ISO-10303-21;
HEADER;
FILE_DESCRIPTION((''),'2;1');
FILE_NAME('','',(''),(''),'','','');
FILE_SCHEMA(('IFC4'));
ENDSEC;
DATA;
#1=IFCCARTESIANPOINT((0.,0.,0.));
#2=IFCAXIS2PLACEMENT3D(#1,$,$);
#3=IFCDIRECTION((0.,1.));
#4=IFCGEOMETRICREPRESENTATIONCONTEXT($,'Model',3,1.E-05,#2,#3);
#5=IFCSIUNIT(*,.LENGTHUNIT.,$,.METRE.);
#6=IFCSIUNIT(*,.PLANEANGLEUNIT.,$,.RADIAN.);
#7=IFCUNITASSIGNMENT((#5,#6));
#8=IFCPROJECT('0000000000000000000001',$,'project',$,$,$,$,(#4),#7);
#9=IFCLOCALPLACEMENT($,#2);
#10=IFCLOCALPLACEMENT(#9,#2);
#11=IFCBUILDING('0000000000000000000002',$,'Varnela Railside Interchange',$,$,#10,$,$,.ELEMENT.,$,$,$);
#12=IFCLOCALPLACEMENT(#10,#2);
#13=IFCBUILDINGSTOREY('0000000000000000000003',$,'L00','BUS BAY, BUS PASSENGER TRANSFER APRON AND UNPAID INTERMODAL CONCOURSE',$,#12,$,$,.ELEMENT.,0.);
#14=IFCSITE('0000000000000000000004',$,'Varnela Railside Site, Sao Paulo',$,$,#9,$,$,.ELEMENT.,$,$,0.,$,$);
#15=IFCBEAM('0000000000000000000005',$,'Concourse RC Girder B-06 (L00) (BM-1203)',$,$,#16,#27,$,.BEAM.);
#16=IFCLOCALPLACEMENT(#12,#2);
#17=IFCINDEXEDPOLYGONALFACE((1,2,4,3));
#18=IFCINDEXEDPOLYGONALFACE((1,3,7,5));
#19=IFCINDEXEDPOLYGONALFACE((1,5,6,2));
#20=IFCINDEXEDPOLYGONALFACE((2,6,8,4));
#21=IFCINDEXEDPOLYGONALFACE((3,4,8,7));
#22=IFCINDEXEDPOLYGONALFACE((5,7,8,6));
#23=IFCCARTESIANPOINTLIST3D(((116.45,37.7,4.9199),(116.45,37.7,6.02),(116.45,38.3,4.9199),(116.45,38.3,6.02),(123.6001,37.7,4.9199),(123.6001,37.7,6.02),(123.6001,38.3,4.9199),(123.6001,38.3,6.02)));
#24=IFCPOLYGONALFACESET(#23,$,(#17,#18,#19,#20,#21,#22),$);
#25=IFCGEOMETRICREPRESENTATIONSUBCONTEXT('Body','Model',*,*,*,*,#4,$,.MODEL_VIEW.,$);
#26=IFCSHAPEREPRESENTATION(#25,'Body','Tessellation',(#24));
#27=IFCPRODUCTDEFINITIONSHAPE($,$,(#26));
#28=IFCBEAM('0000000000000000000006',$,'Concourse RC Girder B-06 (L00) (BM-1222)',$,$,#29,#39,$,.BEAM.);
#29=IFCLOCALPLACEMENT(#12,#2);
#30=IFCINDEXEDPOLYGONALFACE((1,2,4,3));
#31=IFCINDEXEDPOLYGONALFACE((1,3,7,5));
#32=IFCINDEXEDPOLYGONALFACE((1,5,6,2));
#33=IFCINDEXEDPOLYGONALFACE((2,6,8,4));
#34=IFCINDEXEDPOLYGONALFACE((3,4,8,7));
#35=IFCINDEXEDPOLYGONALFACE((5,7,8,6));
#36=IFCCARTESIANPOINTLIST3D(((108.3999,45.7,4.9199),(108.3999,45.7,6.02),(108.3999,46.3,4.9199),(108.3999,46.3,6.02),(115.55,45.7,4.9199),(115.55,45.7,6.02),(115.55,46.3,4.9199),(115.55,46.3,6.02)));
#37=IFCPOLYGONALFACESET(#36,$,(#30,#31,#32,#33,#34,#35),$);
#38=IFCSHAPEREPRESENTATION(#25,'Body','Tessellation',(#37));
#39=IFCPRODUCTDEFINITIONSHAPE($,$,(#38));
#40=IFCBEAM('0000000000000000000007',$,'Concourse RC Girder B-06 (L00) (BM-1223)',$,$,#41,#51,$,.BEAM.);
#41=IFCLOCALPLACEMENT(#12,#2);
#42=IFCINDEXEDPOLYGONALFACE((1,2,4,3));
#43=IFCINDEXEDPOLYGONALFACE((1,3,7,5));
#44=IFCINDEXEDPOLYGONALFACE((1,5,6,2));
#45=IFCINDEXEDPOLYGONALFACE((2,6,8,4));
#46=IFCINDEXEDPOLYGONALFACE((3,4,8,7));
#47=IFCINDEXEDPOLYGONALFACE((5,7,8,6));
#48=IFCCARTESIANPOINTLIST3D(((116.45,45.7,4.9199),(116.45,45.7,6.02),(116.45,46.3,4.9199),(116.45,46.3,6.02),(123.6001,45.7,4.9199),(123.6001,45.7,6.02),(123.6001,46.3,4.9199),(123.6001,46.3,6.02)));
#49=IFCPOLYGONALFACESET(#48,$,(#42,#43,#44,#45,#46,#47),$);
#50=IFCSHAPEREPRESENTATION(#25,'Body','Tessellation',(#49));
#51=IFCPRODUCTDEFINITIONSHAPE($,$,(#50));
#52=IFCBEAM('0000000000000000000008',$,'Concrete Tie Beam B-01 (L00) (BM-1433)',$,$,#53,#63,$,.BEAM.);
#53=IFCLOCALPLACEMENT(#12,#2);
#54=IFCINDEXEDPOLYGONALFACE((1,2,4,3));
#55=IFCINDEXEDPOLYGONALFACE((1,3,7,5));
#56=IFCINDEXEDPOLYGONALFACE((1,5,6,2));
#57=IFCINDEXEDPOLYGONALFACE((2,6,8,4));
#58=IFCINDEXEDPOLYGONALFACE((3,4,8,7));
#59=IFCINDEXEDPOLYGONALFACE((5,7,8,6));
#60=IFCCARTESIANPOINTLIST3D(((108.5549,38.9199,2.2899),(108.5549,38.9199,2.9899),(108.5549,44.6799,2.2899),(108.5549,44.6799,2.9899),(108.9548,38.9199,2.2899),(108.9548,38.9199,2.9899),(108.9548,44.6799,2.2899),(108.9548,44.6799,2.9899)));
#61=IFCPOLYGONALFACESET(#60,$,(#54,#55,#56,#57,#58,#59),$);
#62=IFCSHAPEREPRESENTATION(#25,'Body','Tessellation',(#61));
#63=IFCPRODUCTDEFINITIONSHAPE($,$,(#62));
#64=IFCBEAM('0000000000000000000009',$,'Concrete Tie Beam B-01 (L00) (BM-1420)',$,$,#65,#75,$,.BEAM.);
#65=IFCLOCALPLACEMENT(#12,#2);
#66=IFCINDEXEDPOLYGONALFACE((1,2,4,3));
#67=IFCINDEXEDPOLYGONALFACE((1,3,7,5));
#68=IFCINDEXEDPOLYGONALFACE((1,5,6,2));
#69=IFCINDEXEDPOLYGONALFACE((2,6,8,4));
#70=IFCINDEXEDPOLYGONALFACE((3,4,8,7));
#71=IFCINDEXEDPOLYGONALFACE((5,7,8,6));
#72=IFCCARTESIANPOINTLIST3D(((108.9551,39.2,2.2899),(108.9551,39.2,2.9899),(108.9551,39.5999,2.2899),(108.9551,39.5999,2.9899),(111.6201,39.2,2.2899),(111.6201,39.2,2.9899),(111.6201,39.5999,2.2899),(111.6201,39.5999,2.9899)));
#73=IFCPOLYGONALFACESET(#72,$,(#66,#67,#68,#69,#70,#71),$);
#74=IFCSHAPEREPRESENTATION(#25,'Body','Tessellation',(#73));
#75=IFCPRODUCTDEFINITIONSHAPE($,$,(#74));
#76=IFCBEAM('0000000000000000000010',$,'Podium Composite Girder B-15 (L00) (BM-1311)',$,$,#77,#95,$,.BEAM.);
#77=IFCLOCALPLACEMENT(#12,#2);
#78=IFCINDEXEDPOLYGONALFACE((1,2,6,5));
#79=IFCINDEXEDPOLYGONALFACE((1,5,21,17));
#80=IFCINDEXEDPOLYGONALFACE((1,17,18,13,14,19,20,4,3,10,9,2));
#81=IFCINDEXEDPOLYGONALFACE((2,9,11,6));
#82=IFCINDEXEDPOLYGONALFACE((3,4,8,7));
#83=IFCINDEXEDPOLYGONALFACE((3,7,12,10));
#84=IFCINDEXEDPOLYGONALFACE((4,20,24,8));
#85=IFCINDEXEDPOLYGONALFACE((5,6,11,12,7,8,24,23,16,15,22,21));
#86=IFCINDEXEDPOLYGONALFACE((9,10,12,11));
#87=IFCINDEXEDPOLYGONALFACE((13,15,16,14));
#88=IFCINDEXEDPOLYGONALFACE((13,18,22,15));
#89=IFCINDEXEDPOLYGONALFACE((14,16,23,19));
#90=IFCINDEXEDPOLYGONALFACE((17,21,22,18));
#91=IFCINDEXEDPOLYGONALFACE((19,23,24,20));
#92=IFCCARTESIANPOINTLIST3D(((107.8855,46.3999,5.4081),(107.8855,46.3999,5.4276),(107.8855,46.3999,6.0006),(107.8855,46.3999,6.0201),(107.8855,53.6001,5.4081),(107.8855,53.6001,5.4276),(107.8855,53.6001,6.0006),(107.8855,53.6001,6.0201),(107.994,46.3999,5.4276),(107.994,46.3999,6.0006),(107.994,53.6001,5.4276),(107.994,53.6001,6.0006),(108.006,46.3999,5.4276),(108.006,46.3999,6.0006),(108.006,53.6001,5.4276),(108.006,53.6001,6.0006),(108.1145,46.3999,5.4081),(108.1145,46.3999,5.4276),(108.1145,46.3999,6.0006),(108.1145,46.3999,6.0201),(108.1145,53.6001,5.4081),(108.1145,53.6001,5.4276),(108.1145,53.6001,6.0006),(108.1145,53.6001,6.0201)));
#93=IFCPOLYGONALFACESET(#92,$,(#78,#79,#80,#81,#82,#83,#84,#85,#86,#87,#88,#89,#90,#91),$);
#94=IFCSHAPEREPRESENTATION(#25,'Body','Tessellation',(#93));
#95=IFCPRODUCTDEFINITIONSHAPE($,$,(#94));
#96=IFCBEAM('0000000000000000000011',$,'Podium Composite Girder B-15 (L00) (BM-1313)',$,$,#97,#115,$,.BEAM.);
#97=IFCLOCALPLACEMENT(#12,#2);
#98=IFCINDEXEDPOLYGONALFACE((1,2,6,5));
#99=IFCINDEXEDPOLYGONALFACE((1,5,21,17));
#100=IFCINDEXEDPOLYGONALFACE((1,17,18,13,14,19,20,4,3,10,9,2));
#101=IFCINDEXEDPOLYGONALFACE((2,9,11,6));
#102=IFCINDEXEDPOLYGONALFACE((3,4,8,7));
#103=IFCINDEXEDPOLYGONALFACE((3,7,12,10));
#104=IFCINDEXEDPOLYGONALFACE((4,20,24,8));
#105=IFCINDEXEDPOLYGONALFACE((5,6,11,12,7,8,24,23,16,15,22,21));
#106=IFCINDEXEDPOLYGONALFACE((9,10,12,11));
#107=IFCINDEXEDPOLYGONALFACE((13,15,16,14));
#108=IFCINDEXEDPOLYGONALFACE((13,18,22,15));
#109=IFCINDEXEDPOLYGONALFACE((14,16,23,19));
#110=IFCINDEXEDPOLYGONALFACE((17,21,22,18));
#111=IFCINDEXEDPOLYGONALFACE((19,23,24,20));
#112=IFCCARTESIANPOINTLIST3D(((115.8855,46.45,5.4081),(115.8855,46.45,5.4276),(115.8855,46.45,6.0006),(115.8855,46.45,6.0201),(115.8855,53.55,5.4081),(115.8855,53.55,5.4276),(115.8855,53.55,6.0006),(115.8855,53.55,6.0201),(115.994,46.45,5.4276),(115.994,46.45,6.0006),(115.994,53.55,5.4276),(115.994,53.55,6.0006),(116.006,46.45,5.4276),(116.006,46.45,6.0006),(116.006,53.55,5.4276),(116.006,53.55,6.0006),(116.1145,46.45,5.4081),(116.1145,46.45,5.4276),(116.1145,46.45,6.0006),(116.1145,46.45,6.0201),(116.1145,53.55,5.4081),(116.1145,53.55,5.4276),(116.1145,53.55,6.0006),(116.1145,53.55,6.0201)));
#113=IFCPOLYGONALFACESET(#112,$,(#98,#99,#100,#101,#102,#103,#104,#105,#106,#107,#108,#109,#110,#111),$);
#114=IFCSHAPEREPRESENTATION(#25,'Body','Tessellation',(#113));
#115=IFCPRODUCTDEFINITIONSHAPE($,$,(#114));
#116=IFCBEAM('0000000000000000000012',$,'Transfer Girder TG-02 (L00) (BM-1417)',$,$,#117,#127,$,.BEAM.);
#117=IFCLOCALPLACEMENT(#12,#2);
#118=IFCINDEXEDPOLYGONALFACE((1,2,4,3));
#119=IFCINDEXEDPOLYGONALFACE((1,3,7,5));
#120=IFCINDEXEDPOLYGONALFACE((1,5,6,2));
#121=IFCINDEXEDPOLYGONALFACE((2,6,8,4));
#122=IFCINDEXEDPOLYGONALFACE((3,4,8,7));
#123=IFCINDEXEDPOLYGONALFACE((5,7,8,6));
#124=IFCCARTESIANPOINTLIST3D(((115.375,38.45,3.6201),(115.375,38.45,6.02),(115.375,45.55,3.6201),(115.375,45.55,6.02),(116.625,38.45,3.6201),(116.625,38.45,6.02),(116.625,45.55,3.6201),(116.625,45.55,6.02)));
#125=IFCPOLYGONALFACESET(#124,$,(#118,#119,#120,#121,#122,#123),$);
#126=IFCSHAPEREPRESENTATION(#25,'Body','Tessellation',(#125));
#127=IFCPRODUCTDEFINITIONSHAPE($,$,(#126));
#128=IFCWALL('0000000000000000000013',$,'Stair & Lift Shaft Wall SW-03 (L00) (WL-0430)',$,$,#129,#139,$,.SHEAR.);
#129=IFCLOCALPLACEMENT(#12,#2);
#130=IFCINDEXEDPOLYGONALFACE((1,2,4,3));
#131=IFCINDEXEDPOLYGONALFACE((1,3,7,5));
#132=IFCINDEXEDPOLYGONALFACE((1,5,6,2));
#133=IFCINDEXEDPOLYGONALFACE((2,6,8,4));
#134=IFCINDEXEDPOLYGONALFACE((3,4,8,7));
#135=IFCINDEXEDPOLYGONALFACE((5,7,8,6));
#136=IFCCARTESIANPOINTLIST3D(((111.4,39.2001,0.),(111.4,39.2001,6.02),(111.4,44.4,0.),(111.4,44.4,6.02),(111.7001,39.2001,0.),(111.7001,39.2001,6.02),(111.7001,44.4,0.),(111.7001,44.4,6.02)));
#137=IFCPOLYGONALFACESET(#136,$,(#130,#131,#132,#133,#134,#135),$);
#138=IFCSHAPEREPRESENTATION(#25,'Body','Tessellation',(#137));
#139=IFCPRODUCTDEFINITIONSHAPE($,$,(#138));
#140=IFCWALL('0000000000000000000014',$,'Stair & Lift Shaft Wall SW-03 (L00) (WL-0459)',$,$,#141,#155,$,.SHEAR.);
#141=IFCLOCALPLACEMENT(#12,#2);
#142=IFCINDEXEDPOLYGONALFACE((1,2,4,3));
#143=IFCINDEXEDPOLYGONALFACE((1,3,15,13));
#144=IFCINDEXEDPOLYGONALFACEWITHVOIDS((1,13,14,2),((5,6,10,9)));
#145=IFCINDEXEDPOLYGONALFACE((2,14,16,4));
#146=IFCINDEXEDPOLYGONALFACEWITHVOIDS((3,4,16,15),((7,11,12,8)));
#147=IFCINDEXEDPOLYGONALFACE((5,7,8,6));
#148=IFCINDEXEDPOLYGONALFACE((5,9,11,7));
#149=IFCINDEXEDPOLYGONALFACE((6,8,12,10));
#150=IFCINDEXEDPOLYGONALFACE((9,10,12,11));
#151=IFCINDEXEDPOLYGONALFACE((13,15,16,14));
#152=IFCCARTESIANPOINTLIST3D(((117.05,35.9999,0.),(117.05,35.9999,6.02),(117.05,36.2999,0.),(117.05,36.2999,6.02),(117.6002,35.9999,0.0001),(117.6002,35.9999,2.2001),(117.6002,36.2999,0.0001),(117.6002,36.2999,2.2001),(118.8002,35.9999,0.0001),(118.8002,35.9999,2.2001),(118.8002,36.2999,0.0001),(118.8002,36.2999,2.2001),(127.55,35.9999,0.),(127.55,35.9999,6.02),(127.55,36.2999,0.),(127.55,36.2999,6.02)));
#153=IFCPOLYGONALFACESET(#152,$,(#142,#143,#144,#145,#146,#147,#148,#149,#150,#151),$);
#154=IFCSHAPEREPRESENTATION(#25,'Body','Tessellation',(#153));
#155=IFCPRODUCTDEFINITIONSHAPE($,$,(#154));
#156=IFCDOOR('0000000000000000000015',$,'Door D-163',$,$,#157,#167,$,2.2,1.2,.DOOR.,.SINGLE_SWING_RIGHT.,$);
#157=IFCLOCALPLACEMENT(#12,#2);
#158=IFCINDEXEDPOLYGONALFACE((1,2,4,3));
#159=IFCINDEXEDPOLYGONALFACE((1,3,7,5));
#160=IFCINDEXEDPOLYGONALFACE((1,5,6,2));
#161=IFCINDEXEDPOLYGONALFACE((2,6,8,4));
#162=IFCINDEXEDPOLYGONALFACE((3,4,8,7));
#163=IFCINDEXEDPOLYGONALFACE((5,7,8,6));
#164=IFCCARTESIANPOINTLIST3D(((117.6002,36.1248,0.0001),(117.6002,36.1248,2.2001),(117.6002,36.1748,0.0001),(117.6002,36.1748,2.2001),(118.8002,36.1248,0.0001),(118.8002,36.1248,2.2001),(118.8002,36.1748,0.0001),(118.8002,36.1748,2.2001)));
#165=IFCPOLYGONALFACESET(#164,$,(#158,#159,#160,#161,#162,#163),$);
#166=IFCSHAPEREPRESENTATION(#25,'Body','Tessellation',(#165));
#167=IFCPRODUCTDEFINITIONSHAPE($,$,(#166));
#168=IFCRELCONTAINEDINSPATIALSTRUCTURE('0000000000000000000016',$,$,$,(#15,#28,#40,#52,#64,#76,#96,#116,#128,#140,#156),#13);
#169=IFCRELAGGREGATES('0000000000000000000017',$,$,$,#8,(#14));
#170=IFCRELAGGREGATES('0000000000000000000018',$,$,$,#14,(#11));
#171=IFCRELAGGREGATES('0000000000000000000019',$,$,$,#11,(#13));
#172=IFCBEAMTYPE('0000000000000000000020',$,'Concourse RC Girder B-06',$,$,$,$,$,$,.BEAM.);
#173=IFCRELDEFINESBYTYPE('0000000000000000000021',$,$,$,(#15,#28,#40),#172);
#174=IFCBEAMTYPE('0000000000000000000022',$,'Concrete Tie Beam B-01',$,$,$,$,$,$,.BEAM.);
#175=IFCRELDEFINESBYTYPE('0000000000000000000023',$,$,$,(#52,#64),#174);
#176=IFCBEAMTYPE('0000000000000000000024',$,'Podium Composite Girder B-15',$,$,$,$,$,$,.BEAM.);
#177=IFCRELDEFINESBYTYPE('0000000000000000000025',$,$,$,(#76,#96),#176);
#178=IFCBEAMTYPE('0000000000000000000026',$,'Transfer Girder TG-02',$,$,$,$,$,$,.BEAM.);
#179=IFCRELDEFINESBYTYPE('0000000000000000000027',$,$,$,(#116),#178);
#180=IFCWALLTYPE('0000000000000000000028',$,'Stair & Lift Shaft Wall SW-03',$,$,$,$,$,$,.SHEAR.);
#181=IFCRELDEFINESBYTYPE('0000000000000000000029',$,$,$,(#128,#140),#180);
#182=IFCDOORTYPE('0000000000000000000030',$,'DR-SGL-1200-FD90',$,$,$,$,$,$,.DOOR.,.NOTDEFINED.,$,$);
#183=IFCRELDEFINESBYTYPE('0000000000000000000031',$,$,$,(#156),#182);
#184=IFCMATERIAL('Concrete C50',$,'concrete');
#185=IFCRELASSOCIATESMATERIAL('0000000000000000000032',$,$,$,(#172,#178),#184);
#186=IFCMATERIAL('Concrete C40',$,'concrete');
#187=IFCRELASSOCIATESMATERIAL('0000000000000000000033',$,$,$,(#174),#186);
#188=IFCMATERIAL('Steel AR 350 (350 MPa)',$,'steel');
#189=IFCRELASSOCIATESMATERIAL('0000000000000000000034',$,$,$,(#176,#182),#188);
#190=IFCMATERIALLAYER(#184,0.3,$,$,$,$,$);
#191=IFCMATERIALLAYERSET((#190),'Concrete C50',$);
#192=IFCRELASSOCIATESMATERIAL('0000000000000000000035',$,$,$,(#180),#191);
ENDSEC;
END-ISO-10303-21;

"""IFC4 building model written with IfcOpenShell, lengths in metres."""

from ifc_helpers import new_model, si_unit, direction, frame, frame_2d, origin, origin_2d, place, context, subcontext, project, spatial, rectangle, i_section, extrude, material, layer, layer_set, material_profile, profile_set, type_object, element, fill, save


model = new_model("IFC4")

# Units and contexts
model_context = context("Model", 3, precision=1e-05, world=origin(), true_north=direction((0.0, 1.0)))
body_context = subcontext(model_context, "Body", "Model", "MODEL_VIEW")
ifc_project = project(units=[si_unit("LENGTHUNIT", "METRE"), si_unit("PLANEANGLEUNIT", "RADIAN")], contexts=[model_context])

# Site, building, storey
site_placement = place(None, origin())
site = spatial("IfcSite", under=ifc_project, at=site_placement, Name="Varnela Railside Site, Sao Paulo", CompositionType="ELEMENT", RefElevation=0.0)
building_placement = place(site_placement, origin())
building = spatial("IfcBuilding", under=site, at=building_placement, Name="Varnela Railside Interchange", CompositionType="ELEMENT")
storey_placement = place(building_placement, origin())
storey = spatial("IfcBuildingStorey", under=building, at=storey_placement, Name="L00", Description="BUS BAY, BUS PASSENGER TRANSFER APRON AND UNPAID INTERMODAL CONCOURSE", CompositionType="ELEMENT", Elevation=0.0)

# Shared definitions
ifc_material_1 = material(Name="Concrete C50", Category="concrete")

# Beams
ifc_material_2 = material(Name="Steel AR 350 (350 MPa)", Category="steel")
ifc_material_profile_1 = material_profile(ifc_material_1, rectangle(XDim=0.6001, YDim=1.1001, at=origin_2d()), Name="RC 600x1100")
ifc_profile_set_1 = profile_set([ifc_material_profile_1], Name="Concrete C50")
beam_type_1 = type_object("IfcBeamType", Name="Concourse RC Girder B-06", PredefinedType="BEAM", material=ifc_profile_set_1)
for number, where, z_axis, x_axis, name in (
    (1, (116.45, 38.0, 5.47), (1.0, 0.0, 0.0), (0.0, 1.0, 0.0), "Concourse RC Girder B-06 (L00) (BM-1203)"),
    (2, (108.3999, 46.0, 5.47), (1.0, 0.0, 0.0), (0.0, 1.0, 0.0), "Concourse RC Girder B-06 (L00) (BM-1222)"),
    (3, (116.45, 46.0, 5.47), (1.0, 0.0, 0.0), (0.0, 1.0, 0.0), "Concourse RC Girder B-06 (L00) (BM-1223)"),
):
    element("IfcBeam", number, at=place(storey_placement, frame(where, z_axis=z_axis, x_axis=x_axis)), inside=storey, type_object=beam_type_1, Name=name, PredefinedType="BEAM", context=body_context, shape_type="SweptSolid", body=[
        extrude(rectangle(XDim=0.6001, YDim=1.1001, at=origin_2d()), origin(), (0.0, 0.0, 1.0), 7.1501),
    ])
ifc_material_3 = material(Name="Concrete C40", Category="concrete")
ifc_material_profile_2 = material_profile(ifc_material_3, rectangle(XDim=0.3999, YDim=0.7, at=origin_2d()), Name="RC 400x700")
ifc_profile_set_2 = profile_set([ifc_material_profile_2], Name="Concrete C40")
beam_type_2 = type_object("IfcBeamType", Name="Concrete Tie Beam B-01", PredefinedType="BEAM", material=ifc_profile_set_2)
beam_1_placement = place(storey_placement, frame((108.7549, 38.9199, 2.6399), z_axis=(0.0, 1.0, 0.0), x_axis=(-1.0, 0.0, 0.0)))
element("IfcBeam", 4, at=beam_1_placement, inside=storey, type_object=beam_type_2, Name="Concrete Tie Beam B-01 (L00) (BM-1433)", PredefinedType="BEAM", context=body_context, shape_type="SweptSolid", body=[
    extrude(rectangle(XDim=0.3999, YDim=0.7, at=origin_2d()), origin(), (0.0, 0.0, 1.0), 5.76),
])
beam_2_placement = place(storey_placement, frame((108.9551, 39.3999, 2.6399), z_axis=(1.0, 0.0, 0.0), x_axis=(0.0, 1.0, 0.0)))
element("IfcBeam", 5, at=beam_2_placement, inside=storey, type_object=beam_type_2, Name="Concrete Tie Beam B-01 (L00) (BM-1420)", PredefinedType="BEAM", context=body_context, shape_type="SweptSolid", body=[
    extrude(rectangle(XDim=0.3999, YDim=0.7, at=origin_2d()), origin(), (0.0, 0.0, 1.0), 2.665),
])
ifc_material_profile_3 = material_profile(ifc_material_2, i_section(OverallWidth=0.229, OverallDepth=0.6121, WebThickness=0.012, FlangeThickness=0.0195, at=origin_2d()), Name="W610x125")
ifc_profile_set_3 = profile_set([ifc_material_profile_3], Name="Steel AR 350 (350 MPa)")
beam_type_3 = type_object("IfcBeamType", Name="Podium Composite Girder B-15", PredefinedType="BEAM", material=ifc_profile_set_3)
beam_3_placement = place(storey_placement, frame((108.0, 46.3999, 5.7141), z_axis=(0.0, 1.0, 0.0), x_axis=(-1.0, 0.0, 0.0)))
element("IfcBeam", 6, at=beam_3_placement, inside=storey, type_object=beam_type_3, Name="Podium Composite Girder B-15 (L00) (BM-1311)", PredefinedType="BEAM", context=body_context, shape_type="SweptSolid", body=[
    extrude(i_section(OverallWidth=0.229, OverallDepth=0.6121, WebThickness=0.012, FlangeThickness=0.0195, at=origin_2d()), origin(), (0.0, 0.0, 1.0), 7.2002),
])
beam_4_placement = place(storey_placement, frame((116.0, 46.45, 5.7141), z_axis=(0.0, 1.0, 0.0), x_axis=(-1.0, 0.0, 0.0)))
element("IfcBeam", 7, at=beam_4_placement, inside=storey, type_object=beam_type_3, Name="Podium Composite Girder B-15 (L00) (BM-1313)", PredefinedType="BEAM", context=body_context, shape_type="SweptSolid", body=[
    extrude(i_section(OverallWidth=0.229, OverallDepth=0.6121, WebThickness=0.012, FlangeThickness=0.0195, at=origin_2d()), origin(), (0.0, 0.0, 1.0), 7.1001),
])
ifc_material_profile_4 = material_profile(ifc_material_1, rectangle(XDim=1.25, YDim=2.3999, at=origin_2d()), Name="RC 1250x2400")
ifc_profile_set_4 = profile_set([ifc_material_profile_4], Name="Concrete C50")
beam_type_4 = type_object("IfcBeamType", Name="Transfer Girder TG-02", PredefinedType="BEAM", material=ifc_profile_set_4)
beam_5_placement = place(storey_placement, frame((116.0, 38.45, 4.8201), z_axis=(0.0, 1.0, 0.0), x_axis=(-1.0, 0.0, 0.0)))
element("IfcBeam", 8, at=beam_5_placement, inside=storey, type_object=beam_type_4, Name="Transfer Girder TG-02 (L00) (BM-1417)", PredefinedType="BEAM", context=body_context, shape_type="SweptSolid", body=[
    extrude(rectangle(XDim=1.25, YDim=2.3999, at=origin_2d()), origin(), (0.0, 0.0, 1.0), 7.1001),
])

# Wall
ifc_layer = layer(ifc_material_1, 0.3)
ifc_layer_set = layer_set([ifc_layer], Name="Concrete C50")
wall_type = type_object("IfcWallType", Name="Stair & Lift Shaft Wall SW-03", PredefinedType="SHEAR", material=ifc_layer_set)
wall_1_placement = place(storey_placement, frame((111.55, 39.2, 0.0), z_axis=(0.0, 0.0, 1.0), x_axis=(0.0, 1.0, 0.0)))
element("IfcWall", 9, at=wall_1_placement, inside=storey, type_object=wall_type, Name="Stair & Lift Shaft Wall SW-03 (L00) (WL-0430)", PredefinedType="SHEAR", context=body_context, shape_type="SweptSolid", body=[
    extrude(rectangle(XDim=5.2, YDim=0.3, at=frame_2d((2.6001, 0.0))), origin(), (0.0, 0.0, 1.0), 6.02),
])

# Wall, opening, door
wall_2_placement = place(storey_placement, frame((117.05, 36.1499, 0.0), z_axis=(0.0, 0.0, 1.0), x_axis=(1.0, 0.0, 0.0)))
wall_2 = element("IfcWall", 10, at=wall_2_placement, inside=storey, type_object=wall_type, Name="Stair & Lift Shaft Wall SW-03 (L00) (WL-0459)", PredefinedType="SHEAR", context=body_context, shape_type="SweptSolid", body=[
    extrude(rectangle(XDim=10.5, YDim=0.3, at=frame_2d((5.25, 0.0))), origin(), (0.0, 0.0, 1.0), 6.02),
])
opening_placement = place(wall_2_placement, frame((0.55, 0.0, 0.0)))
opening = element("IfcOpeningElement", 11, at=opening_placement, cuts=wall_2, PredefinedType="OPENING", context=body_context, shape_type="SweptSolid", body=[
    extrude(rectangle(XDim=1.2, YDim=2.2, at=frame_2d((0.6001, 1.1001))), frame((0.0, 0.1599, 0.0), z_axis=(0.0, -1.0, 0.0), x_axis=(1.0, 0.0, 0.0)), (0.0, 0.0, 1.0), 0.3201),
])
door_type = type_object("IfcDoorType", Name="DR-SGL-1200-FD90", OperationType="NOTDEFINED", PredefinedType="DOOR", material=ifc_material_2)
door_placement = place(opening_placement, origin())
door = element("IfcDoor", 12, at=door_placement, inside=storey, type_object=door_type, Name="Door D-163", OperationType="SINGLE_SWING_RIGHT", OverallHeight=2.2, OverallWidth=1.2, PredefinedType="DOOR", context=body_context, shape_type="SweptSolid", body=[
    extrude(rectangle(XDim=1.2, YDim=2.2, at=frame_2d((0.6001, 1.1001))), frame((0.0, 0.0249, 0.0), z_axis=(0.0, -1.0, 0.0), x_axis=(1.0, 0.0, 0.0)), (0.0, 0.0, 1.0), 0.05),
])
fill(opening, door)

save(model, "model.ifc")
